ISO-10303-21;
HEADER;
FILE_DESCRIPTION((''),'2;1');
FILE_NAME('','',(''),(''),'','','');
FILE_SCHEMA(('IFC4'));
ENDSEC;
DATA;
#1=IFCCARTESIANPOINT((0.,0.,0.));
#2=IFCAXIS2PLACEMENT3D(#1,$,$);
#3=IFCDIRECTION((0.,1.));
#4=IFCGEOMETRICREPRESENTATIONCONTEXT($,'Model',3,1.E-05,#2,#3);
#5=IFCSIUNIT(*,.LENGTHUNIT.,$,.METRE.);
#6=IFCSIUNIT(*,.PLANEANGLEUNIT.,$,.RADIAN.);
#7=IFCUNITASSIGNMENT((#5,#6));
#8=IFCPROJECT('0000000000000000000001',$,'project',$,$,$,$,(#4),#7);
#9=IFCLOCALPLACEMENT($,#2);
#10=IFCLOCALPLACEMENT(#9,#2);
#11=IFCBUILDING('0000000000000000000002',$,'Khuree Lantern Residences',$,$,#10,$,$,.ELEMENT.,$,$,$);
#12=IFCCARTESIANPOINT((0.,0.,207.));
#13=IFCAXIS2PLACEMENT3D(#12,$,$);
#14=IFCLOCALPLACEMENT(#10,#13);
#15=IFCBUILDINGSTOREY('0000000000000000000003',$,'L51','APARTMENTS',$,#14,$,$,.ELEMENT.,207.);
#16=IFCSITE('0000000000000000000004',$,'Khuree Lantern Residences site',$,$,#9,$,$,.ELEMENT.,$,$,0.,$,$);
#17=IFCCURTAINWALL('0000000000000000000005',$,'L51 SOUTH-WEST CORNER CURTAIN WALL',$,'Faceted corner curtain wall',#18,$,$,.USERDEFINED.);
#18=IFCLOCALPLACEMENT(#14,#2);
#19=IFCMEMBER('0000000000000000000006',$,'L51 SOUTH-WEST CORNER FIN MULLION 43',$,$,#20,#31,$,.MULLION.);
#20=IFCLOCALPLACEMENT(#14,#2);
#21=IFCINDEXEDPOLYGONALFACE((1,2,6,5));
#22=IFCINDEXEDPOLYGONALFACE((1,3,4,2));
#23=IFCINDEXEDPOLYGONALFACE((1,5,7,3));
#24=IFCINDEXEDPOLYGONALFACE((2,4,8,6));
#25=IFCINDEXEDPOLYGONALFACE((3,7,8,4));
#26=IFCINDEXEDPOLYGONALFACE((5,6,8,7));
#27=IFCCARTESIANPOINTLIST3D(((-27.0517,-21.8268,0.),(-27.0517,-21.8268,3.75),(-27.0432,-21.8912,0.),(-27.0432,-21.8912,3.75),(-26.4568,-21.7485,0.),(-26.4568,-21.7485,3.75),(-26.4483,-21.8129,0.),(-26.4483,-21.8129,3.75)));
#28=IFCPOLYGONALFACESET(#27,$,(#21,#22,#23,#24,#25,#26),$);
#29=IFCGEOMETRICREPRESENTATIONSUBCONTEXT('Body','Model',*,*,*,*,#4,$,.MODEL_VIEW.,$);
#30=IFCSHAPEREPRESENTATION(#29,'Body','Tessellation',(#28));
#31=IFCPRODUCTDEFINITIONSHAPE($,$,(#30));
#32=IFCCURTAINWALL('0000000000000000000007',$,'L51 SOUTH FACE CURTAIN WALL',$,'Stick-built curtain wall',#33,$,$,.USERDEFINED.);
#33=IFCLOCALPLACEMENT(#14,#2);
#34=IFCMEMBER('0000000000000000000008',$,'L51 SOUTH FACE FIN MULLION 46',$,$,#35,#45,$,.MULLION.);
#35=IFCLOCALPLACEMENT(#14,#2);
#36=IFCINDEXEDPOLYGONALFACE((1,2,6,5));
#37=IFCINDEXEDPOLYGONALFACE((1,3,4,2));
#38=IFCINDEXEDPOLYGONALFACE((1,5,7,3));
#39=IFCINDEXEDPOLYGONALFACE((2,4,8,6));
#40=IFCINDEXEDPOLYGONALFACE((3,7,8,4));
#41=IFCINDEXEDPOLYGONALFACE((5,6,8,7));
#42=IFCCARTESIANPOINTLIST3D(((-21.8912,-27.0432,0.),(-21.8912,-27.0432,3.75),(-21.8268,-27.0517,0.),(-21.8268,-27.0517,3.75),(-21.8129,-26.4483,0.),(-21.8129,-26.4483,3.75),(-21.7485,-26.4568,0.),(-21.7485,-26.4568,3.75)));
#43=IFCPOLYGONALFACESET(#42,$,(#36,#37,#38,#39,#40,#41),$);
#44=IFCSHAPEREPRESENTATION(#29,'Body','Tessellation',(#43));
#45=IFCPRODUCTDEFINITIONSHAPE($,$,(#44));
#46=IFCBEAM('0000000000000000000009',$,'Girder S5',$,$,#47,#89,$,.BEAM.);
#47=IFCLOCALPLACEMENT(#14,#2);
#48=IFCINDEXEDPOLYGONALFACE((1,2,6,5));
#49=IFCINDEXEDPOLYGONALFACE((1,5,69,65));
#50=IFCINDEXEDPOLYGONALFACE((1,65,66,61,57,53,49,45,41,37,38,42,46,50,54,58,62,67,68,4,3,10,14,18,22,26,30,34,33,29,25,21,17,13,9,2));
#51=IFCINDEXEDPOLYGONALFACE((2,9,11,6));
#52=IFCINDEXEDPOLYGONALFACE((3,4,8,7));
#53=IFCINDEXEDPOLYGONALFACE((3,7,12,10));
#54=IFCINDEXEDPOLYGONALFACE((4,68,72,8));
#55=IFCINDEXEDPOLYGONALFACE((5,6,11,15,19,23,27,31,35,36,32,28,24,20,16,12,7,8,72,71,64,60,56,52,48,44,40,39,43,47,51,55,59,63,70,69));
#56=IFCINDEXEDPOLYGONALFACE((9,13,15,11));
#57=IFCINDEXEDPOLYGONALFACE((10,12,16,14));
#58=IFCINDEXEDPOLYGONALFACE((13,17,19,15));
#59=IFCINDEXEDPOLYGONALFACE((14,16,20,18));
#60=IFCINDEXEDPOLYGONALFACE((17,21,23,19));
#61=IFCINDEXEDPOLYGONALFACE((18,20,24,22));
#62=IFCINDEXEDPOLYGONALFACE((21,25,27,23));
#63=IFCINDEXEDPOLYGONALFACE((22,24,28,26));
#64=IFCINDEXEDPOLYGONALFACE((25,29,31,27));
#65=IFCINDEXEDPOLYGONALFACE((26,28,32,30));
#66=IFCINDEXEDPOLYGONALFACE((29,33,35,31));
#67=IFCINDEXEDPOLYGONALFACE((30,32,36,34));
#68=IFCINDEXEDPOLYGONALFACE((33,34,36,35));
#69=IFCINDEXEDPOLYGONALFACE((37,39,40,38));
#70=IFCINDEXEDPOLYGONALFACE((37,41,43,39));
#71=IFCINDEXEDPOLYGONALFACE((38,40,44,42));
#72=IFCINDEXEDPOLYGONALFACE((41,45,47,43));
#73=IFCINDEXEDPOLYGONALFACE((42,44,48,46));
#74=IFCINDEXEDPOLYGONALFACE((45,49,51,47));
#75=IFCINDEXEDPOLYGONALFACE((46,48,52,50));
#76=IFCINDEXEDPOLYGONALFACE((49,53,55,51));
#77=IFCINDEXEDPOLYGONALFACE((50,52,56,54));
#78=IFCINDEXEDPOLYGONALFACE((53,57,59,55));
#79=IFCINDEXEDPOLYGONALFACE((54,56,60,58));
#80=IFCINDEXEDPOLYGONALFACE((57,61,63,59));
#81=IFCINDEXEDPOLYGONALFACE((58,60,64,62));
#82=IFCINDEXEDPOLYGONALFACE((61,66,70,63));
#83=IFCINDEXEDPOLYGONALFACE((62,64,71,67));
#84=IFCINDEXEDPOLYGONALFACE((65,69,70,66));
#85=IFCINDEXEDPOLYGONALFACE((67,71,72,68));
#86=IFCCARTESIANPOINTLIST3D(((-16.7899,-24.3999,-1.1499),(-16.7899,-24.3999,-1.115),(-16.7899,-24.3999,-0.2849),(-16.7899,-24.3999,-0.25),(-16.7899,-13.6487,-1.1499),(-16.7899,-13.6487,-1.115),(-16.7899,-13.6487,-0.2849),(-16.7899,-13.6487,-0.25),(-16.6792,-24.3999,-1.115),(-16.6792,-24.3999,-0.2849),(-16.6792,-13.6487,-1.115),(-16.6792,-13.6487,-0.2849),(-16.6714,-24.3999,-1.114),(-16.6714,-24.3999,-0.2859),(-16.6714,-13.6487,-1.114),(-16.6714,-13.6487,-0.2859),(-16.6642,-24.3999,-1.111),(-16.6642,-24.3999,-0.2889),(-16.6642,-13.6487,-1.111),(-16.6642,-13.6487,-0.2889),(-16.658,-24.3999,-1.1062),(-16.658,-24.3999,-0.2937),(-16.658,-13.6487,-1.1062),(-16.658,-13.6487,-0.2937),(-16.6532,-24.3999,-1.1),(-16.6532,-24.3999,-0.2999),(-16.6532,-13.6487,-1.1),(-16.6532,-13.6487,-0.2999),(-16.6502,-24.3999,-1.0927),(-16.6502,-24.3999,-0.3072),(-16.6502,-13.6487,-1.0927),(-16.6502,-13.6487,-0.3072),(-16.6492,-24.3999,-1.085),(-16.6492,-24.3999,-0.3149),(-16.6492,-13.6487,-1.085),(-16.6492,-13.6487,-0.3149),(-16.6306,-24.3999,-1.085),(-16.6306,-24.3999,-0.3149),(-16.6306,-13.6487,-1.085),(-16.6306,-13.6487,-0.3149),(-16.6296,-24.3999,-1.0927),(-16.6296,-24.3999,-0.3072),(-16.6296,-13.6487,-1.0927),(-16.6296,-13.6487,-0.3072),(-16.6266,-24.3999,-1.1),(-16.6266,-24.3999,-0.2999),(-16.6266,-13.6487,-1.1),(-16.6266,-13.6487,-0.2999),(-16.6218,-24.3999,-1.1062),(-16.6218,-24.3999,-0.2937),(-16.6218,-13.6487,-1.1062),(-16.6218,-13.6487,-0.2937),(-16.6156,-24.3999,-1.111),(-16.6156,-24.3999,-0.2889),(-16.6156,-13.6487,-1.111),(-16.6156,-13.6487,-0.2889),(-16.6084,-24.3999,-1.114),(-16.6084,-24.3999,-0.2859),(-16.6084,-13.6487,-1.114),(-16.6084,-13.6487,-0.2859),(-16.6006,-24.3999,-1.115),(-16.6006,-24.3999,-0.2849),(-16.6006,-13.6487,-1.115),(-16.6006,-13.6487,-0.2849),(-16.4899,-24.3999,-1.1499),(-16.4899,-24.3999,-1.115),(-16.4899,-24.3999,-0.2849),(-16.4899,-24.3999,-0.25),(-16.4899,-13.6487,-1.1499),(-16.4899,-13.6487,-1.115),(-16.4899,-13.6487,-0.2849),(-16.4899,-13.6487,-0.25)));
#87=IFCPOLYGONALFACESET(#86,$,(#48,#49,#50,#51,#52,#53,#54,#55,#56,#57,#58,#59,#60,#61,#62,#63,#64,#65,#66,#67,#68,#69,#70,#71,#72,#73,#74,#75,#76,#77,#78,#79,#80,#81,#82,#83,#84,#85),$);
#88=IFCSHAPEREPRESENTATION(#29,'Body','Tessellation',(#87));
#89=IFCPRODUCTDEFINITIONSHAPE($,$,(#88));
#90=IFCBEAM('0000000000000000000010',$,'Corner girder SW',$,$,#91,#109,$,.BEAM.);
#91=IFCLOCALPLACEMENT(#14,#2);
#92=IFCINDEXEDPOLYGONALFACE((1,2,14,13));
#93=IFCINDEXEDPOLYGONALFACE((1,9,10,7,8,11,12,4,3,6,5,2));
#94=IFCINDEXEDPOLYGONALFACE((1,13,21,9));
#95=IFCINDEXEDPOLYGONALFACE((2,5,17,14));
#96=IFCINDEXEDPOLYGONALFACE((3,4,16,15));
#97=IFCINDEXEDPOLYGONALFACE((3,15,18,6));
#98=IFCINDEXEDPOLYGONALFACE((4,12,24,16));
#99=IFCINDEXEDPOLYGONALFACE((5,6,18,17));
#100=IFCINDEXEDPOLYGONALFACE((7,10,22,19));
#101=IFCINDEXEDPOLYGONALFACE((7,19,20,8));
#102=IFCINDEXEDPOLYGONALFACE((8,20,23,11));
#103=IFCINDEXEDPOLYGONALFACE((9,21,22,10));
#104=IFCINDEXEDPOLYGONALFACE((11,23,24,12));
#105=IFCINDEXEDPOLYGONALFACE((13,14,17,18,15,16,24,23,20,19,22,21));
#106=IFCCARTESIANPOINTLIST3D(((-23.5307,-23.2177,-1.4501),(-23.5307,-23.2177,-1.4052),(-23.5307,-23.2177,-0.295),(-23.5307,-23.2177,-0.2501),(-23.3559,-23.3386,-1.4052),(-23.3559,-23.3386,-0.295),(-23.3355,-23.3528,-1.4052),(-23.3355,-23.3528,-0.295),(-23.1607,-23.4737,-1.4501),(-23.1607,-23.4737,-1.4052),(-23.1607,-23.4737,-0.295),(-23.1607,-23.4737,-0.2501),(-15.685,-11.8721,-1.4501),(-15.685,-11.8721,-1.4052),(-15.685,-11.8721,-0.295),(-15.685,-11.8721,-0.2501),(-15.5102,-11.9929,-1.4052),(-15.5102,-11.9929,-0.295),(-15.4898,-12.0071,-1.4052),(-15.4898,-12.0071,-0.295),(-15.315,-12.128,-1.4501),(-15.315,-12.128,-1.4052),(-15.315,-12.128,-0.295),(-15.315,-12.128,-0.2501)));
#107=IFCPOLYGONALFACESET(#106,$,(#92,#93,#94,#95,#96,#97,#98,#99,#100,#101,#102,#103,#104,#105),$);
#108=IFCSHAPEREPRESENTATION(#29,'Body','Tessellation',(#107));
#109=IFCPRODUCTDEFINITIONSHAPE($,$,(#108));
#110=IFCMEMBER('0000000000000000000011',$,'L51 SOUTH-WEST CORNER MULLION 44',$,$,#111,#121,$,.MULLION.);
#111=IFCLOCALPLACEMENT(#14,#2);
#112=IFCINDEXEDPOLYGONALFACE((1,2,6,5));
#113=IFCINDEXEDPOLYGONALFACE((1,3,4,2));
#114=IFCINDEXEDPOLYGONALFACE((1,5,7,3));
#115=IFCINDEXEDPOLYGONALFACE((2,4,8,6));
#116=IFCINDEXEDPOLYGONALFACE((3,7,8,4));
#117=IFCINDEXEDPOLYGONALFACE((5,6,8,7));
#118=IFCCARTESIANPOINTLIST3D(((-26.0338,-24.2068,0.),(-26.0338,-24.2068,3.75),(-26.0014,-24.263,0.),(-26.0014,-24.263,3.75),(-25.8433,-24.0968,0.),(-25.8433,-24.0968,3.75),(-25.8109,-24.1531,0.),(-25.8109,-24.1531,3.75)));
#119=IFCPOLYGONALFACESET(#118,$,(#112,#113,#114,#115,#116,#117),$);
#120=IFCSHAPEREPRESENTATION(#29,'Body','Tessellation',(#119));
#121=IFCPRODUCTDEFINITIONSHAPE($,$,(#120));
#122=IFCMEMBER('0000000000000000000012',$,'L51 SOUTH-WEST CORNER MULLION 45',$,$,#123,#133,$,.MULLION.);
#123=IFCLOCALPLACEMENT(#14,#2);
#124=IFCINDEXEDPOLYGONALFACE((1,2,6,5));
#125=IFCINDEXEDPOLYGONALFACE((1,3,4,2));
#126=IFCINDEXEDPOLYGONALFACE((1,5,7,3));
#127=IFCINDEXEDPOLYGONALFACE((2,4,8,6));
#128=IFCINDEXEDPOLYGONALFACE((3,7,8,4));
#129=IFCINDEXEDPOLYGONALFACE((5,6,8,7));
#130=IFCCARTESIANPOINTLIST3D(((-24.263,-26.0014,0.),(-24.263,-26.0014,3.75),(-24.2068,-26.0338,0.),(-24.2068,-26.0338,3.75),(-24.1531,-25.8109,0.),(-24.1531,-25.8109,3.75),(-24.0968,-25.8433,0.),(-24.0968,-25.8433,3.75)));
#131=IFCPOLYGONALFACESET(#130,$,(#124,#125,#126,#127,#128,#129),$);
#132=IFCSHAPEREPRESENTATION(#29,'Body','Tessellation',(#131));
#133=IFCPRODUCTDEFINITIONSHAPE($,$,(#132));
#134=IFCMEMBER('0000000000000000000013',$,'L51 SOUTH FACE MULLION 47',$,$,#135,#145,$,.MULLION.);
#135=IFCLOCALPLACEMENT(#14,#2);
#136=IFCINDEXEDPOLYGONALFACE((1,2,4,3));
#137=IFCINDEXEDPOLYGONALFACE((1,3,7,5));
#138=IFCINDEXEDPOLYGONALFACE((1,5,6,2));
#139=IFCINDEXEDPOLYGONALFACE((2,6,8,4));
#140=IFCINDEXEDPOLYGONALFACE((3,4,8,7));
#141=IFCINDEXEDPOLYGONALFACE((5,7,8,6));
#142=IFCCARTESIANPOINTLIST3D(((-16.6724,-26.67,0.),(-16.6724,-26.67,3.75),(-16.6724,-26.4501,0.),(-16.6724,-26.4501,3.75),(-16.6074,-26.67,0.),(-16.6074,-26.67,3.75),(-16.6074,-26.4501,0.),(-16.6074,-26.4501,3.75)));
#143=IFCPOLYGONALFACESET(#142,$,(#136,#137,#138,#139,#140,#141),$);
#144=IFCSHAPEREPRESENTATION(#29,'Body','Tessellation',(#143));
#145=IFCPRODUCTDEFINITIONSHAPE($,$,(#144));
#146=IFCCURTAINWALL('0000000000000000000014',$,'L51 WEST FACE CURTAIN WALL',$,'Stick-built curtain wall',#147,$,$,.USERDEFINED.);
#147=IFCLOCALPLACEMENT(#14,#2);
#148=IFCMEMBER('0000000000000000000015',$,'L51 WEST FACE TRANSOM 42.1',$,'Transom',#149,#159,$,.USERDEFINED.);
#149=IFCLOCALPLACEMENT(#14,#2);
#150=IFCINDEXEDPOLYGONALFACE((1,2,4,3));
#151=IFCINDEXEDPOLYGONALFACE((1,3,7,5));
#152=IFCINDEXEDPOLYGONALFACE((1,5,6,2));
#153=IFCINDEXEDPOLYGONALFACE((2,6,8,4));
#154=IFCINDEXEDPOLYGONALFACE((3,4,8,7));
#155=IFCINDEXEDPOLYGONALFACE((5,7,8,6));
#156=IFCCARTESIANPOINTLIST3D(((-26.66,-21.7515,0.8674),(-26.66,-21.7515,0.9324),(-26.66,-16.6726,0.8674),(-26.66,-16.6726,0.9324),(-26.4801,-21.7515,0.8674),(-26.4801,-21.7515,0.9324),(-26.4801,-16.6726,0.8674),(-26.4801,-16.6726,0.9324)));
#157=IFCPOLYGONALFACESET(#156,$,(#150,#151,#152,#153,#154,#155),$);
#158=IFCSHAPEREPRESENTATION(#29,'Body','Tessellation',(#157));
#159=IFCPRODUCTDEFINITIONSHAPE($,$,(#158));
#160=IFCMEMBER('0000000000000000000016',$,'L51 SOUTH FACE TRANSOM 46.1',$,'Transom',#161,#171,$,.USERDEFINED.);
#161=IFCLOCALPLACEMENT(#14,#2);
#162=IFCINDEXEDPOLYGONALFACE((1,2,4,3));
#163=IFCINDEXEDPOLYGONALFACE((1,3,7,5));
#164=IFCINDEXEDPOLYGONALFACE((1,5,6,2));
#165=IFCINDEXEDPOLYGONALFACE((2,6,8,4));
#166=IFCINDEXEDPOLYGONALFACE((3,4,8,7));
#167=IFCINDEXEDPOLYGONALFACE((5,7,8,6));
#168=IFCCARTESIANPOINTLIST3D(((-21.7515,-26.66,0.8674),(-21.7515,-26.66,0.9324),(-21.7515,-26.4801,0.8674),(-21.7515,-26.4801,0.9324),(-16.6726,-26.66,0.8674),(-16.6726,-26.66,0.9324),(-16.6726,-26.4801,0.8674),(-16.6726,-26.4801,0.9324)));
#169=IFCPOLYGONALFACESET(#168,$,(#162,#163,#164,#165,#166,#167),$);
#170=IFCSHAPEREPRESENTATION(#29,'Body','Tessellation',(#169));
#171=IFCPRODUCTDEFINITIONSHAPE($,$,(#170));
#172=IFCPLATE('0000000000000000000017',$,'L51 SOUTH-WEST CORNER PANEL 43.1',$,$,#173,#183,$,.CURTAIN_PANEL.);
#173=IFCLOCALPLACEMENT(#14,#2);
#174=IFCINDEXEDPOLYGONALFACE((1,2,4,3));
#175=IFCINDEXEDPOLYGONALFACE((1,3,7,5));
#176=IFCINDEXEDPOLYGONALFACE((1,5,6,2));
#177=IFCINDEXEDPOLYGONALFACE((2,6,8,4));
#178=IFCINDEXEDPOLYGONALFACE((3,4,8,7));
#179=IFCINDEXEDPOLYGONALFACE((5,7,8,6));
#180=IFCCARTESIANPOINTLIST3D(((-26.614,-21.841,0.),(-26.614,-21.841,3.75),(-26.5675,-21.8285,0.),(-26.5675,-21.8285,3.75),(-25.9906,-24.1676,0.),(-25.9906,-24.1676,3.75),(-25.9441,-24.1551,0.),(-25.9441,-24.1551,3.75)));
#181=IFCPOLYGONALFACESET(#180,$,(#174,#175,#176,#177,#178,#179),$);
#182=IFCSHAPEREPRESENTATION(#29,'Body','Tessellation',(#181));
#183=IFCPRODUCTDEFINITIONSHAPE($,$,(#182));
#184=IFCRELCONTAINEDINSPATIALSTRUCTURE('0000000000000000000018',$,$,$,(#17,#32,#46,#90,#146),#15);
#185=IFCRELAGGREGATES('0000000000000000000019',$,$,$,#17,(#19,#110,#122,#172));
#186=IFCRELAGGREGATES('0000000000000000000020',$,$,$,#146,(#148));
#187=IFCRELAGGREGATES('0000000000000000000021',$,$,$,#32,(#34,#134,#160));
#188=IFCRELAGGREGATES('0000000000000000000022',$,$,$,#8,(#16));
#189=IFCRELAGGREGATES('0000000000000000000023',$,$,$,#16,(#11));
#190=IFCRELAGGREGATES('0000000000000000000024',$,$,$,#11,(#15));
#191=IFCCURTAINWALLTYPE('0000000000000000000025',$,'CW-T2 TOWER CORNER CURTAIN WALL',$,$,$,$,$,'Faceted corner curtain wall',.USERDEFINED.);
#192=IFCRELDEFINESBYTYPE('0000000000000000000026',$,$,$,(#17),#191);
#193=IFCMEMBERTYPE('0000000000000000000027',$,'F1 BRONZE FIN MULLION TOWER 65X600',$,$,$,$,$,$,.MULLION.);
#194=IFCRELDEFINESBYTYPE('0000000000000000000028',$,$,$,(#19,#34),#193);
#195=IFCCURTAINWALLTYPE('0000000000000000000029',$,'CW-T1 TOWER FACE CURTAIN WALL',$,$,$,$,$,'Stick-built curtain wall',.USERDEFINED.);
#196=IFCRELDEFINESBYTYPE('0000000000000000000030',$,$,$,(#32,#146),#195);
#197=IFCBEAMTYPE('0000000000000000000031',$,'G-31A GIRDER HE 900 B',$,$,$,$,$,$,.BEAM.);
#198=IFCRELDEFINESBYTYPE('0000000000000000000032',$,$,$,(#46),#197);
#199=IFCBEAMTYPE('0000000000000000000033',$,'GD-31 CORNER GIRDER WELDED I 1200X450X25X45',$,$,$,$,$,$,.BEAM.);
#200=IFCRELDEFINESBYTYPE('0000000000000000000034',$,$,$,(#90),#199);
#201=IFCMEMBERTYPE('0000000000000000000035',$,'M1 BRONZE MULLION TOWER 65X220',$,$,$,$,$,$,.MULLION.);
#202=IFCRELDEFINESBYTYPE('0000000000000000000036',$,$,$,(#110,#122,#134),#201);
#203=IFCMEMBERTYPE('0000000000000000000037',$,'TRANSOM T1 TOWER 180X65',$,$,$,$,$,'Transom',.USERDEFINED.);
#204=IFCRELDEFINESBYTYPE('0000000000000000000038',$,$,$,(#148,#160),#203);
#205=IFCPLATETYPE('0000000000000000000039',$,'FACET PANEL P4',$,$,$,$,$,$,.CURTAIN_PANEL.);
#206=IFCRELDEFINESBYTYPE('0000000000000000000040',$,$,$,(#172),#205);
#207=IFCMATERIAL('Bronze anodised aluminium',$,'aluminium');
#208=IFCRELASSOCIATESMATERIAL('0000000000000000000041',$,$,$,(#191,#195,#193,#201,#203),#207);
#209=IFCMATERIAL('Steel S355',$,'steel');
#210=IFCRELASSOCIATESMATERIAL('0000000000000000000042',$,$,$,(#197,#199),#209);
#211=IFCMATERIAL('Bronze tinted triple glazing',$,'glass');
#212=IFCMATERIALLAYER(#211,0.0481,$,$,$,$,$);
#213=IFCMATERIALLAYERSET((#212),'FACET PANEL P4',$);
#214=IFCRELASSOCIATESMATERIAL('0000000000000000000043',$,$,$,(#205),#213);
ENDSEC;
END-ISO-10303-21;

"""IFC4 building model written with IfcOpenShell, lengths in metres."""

from ifc_helpers import new_model, si_unit, direction, frame, origin, origin_2d, place, context, subcontext, project, spatial, rectangle, i_section, extrude, material, layer, layer_set, material_profile, profile_set, type_object, element, aggregate, save


model = new_model("IFC4")

# Units and contexts
model_context = context("Model", 3, precision=1e-05, world=origin(), true_north=direction((0.0, 1.0)))
body_context = subcontext(model_context, "Body", "Model", "MODEL_VIEW")
ifc_project = project(units=[si_unit("LENGTHUNIT", "METRE"), si_unit("PLANEANGLEUNIT", "RADIAN")], contexts=[model_context])

# Site, building, storey
site_placement = place(None, origin())
site = spatial("IfcSite", under=ifc_project, at=site_placement, Name="Khuree Lantern Residences site", CompositionType="ELEMENT", RefElevation=0.0)
building_placement = place(site_placement, origin())
building = spatial("IfcBuilding", under=site, at=building_placement, Name="Khuree Lantern Residences", CompositionType="ELEMENT")
storey_placement = place(building_placement, frame((0.0, 0.0, 207.0)))
storey = spatial("IfcBuildingStorey", under=building, at=storey_placement, Name="L51", Description="APARTMENTS", CompositionType="ELEMENT", Elevation=207.0)

# Shared definitions
ifc_material_1 = material(Name="Steel S355", Category="steel")

# Curtain walls, members
ifc_material_2 = material(Name="Bronze anodised aluminium", Category="aluminium")
curtain_wall_type_1 = type_object("IfcCurtainWallType", Name="CW-T2 TOWER CORNER CURTAIN WALL", ElementType="Faceted corner curtain wall", PredefinedType="USERDEFINED", material=ifc_material_2)
curtain_wall_1_placement = place(storey_placement, origin())
curtain_wall_1 = element("IfcCurtainWall", 1, at=curtain_wall_1_placement, inside=storey, type_object=curtain_wall_type_1, Name="L51 SOUTH-WEST CORNER CURTAIN WALL", ObjectType="Faceted corner curtain wall", PredefinedType="USERDEFINED")
ifc_material_profile_1 = material_profile(ifc_material_2, rectangle(XDim=0.0649, YDim=0.6001, at=origin_2d()), Name="F1 65X600")
ifc_profile_set_1 = profile_set([ifc_material_profile_1], Name="Bronze anodised aluminium")
member_type_1 = type_object("IfcMemberType", Name="F1 BRONZE FIN MULLION TOWER 65X600", PredefinedType="MULLION", material=ifc_profile_set_1)
member_1_placement = place(storey_placement, frame((-26.75, -21.8198, 0.0), z_axis=(0.0, 0.0, 1.0), x_axis=(0.130526, -0.991445, 0.0)))
member_1 = element("IfcMember", 2, at=member_1_placement, type_object=member_type_1, Name="L51 SOUTH-WEST CORNER FIN MULLION 43", PredefinedType="MULLION", context=body_context, shape_type="SweptSolid", body=[
    extrude(rectangle(XDim=0.0649, YDim=0.6001, at=origin_2d()), origin(), (0.0, 0.0, 1.0), 3.75),
])
curtain_wall_type_2 = type_object("IfcCurtainWallType", Name="CW-T1 TOWER FACE CURTAIN WALL", ElementType="Stick-built curtain wall", PredefinedType="USERDEFINED", material=ifc_material_2)
curtain_wall_2_placement = place(storey_placement, origin())
curtain_wall_2 = element("IfcCurtainWall", 3, at=curtain_wall_2_placement, inside=storey, type_object=curtain_wall_type_2, Name="L51 SOUTH FACE CURTAIN WALL", ObjectType="Stick-built curtain wall", PredefinedType="USERDEFINED")
member_2_placement = place(storey_placement, frame((-21.8198, -26.75, 0.0), z_axis=(0.0, 0.0, 1.0), x_axis=(0.991445, -0.130526, 0.0)))
member_2 = element("IfcMember", 4, at=member_2_placement, type_object=member_type_1, Name="L51 SOUTH FACE FIN MULLION 46", PredefinedType="MULLION", context=body_context, shape_type="SweptSolid", body=[
    extrude(rectangle(XDim=0.0649, YDim=0.6001, at=origin_2d()), origin(), (0.0, 0.0, 1.0), 3.75),
])

# Beams
ifc_material_profile_2 = material_profile(ifc_material_1, i_section(OverallWidth=0.3, OverallDepth=0.8999, WebThickness=0.0186, FlangeThickness=0.0349, FilletRadius=0.03, at=origin_2d()), Name="HE 900 B")
ifc_profile_set_2 = profile_set([ifc_material_profile_2], Name="Steel S355")
beam_type_1 = type_object("IfcBeamType", Name="G-31A GIRDER HE 900 B", PredefinedType="BEAM", material=ifc_profile_set_2)
beam_1_placement = place(storey_placement, frame((-16.6399, -24.3999, -0.7), z_axis=(0.0, 1.0, 0.0), x_axis=(-1.0, 0.0, 0.0)))
element("IfcBeam", 5, at=beam_1_placement, inside=storey, type_object=beam_type_1, Name="Girder S5", PredefinedType="BEAM", context=body_context, shape_type="SweptSolid", body=[
    extrude(i_section(OverallWidth=0.3, OverallDepth=0.8999, WebThickness=0.0186, FlangeThickness=0.0349, FilletRadius=0.03, at=origin_2d()), origin(), (0.0, 0.0, 1.0), 10.7512),
])
ifc_material_profile_3 = material_profile(ifc_material_1, i_section(OverallWidth=0.45, OverallDepth=1.2, WebThickness=0.0249, FlangeThickness=0.0449, at=origin_2d()), Name="WELDED I 1200X450X25X45")
ifc_profile_set_3 = profile_set([ifc_material_profile_3], Name="Steel S355")
beam_type_2 = type_object("IfcBeamType", Name="GD-31 CORNER GIRDER WELDED I 1200X450X25X45", PredefinedType="BEAM", material=ifc_profile_set_3)
beam_2_placement = place(storey_placement, frame((-23.3457, -23.3457, -0.8501), z_axis=(0.568768, 0.822498, 0.0), x_axis=(-0.822498, 0.568768, 0.0)))
element("IfcBeam", 6, at=beam_2_placement, inside=storey, type_object=beam_type_2, Name="Corner girder SW", PredefinedType="BEAM", context=body_context, shape_type="SweptSolid", body=[
    extrude(i_section(OverallWidth=0.45, OverallDepth=1.2, WebThickness=0.0249, FlangeThickness=0.0449, at=origin_2d()), origin(), (0.0, 0.0, 1.0), 13.7942),
])

# Members
ifc_material_profile_4 = material_profile(ifc_material_2, rectangle(XDim=0.0649, YDim=0.22, at=origin_2d()), Name="M1 65X220")
ifc_profile_set_4 = profile_set([ifc_material_profile_4], Name="Bronze anodised aluminium")
member_type_2 = type_object("IfcMemberType", Name="M1 BRONZE MULLION TOWER 65X220", PredefinedType="MULLION", material=ifc_profile_set_4)
member_3_placement = place(storey_placement, frame((-25.9224, -24.1799, 0.0), z_axis=(0.0, 0.0, 1.0), x_axis=(0.5, -0.866025, 0.0)))
member_3 = element("IfcMember", 7, at=member_3_placement, type_object=member_type_2, Name="L51 SOUTH-WEST CORNER MULLION 44", PredefinedType="MULLION", context=body_context, shape_type="SweptSolid", body=[
    extrude(rectangle(XDim=0.0649, YDim=0.22, at=origin_2d()), origin(), (0.0, 0.0, 1.0), 3.75),
])
member_4_placement = place(storey_placement, frame((-24.1799, -25.9224, 0.0), z_axis=(0.0, 0.0, 1.0), x_axis=(0.866025, -0.5, 0.0)))
member_4 = element("IfcMember", 8, at=member_4_placement, type_object=member_type_2, Name="L51 SOUTH-WEST CORNER MULLION 45", PredefinedType="MULLION", context=body_context, shape_type="SweptSolid", body=[
    extrude(rectangle(XDim=0.0649, YDim=0.22, at=origin_2d()), origin(), (0.0, 0.0, 1.0), 3.75),
])
member_5_placement = place(storey_placement, frame((-16.6399, -26.5601, 0.0), z_axis=(0.0, 0.0, 1.0), x_axis=(1.0, 0.0, 0.0)))
member_5 = element("IfcMember", 9, at=member_5_placement, type_object=member_type_2, Name="L51 SOUTH FACE MULLION 47", PredefinedType="MULLION", context=body_context, shape_type="SweptSolid", body=[
    extrude(rectangle(XDim=0.0649, YDim=0.22, at=origin_2d()), origin(), (0.0, 0.0, 1.0), 3.75),
])

# Curtain wall, member
curtain_wall_3_placement = place(storey_placement, origin())
curtain_wall_3 = element("IfcCurtainWall", 10, at=curtain_wall_3_placement, inside=storey, type_object=curtain_wall_type_2, Name="L51 WEST FACE CURTAIN WALL", ObjectType="Stick-built curtain wall", PredefinedType="USERDEFINED")
ifc_material_profile_5 = material_profile(ifc_material_2, rectangle(XDim=0.1799, YDim=0.0649, at=origin_2d()), Name="T1 180X65")
ifc_profile_set_5 = profile_set([ifc_material_profile_5], Name="Bronze anodised aluminium")
member_type_3 = type_object("IfcMemberType", Name="TRANSOM T1 TOWER 180X65", ElementType="Transom", PredefinedType="USERDEFINED", material=ifc_profile_set_5)
member_6_placement = place(storey_placement, frame((-26.5701, -16.6726, 0.8999), z_axis=(0.0, -1.0, 0.0), x_axis=(1.0, 0.0, 0.0)))
member_6 = element("IfcMember", 11, at=member_6_placement, type_object=member_type_3, Name="L51 WEST FACE TRANSOM 42.1", ObjectType="Transom", PredefinedType="USERDEFINED", context=body_context, shape_type="SweptSolid", body=[
    extrude(rectangle(XDim=0.1799, YDim=0.0649, at=origin_2d()), origin(), (0.0, 0.0, 1.0), 5.0789),
])

# Member
member_7_placement = place(storey_placement, frame((-21.7515, -26.5701, 0.8999), z_axis=(1.0, 0.0, 0.0), x_axis=(0.0, 1.0, 0.0)))
member_7 = element("IfcMember", 12, at=member_7_placement, type_object=member_type_3, Name="L51 SOUTH FACE TRANSOM 46.1", ObjectType="Transom", PredefinedType="USERDEFINED", context=body_context, shape_type="SweptSolid", body=[
    extrude(rectangle(XDim=0.1799, YDim=0.0649, at=origin_2d()), origin(), (0.0, 0.0, 1.0), 5.0789),
])

# Plate
ifc_material_3 = material(Name="Bronze tinted triple glazing", Category="glass")
ifc_layer_1 = layer(ifc_material_3, 0.0481)
ifc_layer_set_1 = layer_set([ifc_layer_1], Name="FACET PANEL P4")
plate_type_1 = type_object("IfcPlateType", Name="FACET PANEL P4", PredefinedType="CURTAIN_PANEL", material=ifc_layer_set_1)
plate_1_placement = place(storey_placement, frame((-26.2791, -22.998, 0.0), z_axis=(0.0, 0.0, 1.0), x_axis=(0.258819, -0.965926, 0.0)))
plate_1 = element("IfcPlate", 13, at=plate_1_placement, type_object=plate_type_1, Name="L51 SOUTH-WEST CORNER PANEL 43.1", PredefinedType="CURTAIN_PANEL", context=body_context, shape_type="SweptSolid", body=[
    extrude(rectangle(XDim=2.4087, YDim=0.0481, at=origin_2d()), origin(), (0.0, 0.0, 1.0), 3.75),
])
aggregate(curtain_wall_1, [member_1, member_3, member_4, plate_1])
aggregate(curtain_wall_3, [member_6])
aggregate(curtain_wall_2, [member_2, member_5, member_7])

save(model, "model.ifc")
